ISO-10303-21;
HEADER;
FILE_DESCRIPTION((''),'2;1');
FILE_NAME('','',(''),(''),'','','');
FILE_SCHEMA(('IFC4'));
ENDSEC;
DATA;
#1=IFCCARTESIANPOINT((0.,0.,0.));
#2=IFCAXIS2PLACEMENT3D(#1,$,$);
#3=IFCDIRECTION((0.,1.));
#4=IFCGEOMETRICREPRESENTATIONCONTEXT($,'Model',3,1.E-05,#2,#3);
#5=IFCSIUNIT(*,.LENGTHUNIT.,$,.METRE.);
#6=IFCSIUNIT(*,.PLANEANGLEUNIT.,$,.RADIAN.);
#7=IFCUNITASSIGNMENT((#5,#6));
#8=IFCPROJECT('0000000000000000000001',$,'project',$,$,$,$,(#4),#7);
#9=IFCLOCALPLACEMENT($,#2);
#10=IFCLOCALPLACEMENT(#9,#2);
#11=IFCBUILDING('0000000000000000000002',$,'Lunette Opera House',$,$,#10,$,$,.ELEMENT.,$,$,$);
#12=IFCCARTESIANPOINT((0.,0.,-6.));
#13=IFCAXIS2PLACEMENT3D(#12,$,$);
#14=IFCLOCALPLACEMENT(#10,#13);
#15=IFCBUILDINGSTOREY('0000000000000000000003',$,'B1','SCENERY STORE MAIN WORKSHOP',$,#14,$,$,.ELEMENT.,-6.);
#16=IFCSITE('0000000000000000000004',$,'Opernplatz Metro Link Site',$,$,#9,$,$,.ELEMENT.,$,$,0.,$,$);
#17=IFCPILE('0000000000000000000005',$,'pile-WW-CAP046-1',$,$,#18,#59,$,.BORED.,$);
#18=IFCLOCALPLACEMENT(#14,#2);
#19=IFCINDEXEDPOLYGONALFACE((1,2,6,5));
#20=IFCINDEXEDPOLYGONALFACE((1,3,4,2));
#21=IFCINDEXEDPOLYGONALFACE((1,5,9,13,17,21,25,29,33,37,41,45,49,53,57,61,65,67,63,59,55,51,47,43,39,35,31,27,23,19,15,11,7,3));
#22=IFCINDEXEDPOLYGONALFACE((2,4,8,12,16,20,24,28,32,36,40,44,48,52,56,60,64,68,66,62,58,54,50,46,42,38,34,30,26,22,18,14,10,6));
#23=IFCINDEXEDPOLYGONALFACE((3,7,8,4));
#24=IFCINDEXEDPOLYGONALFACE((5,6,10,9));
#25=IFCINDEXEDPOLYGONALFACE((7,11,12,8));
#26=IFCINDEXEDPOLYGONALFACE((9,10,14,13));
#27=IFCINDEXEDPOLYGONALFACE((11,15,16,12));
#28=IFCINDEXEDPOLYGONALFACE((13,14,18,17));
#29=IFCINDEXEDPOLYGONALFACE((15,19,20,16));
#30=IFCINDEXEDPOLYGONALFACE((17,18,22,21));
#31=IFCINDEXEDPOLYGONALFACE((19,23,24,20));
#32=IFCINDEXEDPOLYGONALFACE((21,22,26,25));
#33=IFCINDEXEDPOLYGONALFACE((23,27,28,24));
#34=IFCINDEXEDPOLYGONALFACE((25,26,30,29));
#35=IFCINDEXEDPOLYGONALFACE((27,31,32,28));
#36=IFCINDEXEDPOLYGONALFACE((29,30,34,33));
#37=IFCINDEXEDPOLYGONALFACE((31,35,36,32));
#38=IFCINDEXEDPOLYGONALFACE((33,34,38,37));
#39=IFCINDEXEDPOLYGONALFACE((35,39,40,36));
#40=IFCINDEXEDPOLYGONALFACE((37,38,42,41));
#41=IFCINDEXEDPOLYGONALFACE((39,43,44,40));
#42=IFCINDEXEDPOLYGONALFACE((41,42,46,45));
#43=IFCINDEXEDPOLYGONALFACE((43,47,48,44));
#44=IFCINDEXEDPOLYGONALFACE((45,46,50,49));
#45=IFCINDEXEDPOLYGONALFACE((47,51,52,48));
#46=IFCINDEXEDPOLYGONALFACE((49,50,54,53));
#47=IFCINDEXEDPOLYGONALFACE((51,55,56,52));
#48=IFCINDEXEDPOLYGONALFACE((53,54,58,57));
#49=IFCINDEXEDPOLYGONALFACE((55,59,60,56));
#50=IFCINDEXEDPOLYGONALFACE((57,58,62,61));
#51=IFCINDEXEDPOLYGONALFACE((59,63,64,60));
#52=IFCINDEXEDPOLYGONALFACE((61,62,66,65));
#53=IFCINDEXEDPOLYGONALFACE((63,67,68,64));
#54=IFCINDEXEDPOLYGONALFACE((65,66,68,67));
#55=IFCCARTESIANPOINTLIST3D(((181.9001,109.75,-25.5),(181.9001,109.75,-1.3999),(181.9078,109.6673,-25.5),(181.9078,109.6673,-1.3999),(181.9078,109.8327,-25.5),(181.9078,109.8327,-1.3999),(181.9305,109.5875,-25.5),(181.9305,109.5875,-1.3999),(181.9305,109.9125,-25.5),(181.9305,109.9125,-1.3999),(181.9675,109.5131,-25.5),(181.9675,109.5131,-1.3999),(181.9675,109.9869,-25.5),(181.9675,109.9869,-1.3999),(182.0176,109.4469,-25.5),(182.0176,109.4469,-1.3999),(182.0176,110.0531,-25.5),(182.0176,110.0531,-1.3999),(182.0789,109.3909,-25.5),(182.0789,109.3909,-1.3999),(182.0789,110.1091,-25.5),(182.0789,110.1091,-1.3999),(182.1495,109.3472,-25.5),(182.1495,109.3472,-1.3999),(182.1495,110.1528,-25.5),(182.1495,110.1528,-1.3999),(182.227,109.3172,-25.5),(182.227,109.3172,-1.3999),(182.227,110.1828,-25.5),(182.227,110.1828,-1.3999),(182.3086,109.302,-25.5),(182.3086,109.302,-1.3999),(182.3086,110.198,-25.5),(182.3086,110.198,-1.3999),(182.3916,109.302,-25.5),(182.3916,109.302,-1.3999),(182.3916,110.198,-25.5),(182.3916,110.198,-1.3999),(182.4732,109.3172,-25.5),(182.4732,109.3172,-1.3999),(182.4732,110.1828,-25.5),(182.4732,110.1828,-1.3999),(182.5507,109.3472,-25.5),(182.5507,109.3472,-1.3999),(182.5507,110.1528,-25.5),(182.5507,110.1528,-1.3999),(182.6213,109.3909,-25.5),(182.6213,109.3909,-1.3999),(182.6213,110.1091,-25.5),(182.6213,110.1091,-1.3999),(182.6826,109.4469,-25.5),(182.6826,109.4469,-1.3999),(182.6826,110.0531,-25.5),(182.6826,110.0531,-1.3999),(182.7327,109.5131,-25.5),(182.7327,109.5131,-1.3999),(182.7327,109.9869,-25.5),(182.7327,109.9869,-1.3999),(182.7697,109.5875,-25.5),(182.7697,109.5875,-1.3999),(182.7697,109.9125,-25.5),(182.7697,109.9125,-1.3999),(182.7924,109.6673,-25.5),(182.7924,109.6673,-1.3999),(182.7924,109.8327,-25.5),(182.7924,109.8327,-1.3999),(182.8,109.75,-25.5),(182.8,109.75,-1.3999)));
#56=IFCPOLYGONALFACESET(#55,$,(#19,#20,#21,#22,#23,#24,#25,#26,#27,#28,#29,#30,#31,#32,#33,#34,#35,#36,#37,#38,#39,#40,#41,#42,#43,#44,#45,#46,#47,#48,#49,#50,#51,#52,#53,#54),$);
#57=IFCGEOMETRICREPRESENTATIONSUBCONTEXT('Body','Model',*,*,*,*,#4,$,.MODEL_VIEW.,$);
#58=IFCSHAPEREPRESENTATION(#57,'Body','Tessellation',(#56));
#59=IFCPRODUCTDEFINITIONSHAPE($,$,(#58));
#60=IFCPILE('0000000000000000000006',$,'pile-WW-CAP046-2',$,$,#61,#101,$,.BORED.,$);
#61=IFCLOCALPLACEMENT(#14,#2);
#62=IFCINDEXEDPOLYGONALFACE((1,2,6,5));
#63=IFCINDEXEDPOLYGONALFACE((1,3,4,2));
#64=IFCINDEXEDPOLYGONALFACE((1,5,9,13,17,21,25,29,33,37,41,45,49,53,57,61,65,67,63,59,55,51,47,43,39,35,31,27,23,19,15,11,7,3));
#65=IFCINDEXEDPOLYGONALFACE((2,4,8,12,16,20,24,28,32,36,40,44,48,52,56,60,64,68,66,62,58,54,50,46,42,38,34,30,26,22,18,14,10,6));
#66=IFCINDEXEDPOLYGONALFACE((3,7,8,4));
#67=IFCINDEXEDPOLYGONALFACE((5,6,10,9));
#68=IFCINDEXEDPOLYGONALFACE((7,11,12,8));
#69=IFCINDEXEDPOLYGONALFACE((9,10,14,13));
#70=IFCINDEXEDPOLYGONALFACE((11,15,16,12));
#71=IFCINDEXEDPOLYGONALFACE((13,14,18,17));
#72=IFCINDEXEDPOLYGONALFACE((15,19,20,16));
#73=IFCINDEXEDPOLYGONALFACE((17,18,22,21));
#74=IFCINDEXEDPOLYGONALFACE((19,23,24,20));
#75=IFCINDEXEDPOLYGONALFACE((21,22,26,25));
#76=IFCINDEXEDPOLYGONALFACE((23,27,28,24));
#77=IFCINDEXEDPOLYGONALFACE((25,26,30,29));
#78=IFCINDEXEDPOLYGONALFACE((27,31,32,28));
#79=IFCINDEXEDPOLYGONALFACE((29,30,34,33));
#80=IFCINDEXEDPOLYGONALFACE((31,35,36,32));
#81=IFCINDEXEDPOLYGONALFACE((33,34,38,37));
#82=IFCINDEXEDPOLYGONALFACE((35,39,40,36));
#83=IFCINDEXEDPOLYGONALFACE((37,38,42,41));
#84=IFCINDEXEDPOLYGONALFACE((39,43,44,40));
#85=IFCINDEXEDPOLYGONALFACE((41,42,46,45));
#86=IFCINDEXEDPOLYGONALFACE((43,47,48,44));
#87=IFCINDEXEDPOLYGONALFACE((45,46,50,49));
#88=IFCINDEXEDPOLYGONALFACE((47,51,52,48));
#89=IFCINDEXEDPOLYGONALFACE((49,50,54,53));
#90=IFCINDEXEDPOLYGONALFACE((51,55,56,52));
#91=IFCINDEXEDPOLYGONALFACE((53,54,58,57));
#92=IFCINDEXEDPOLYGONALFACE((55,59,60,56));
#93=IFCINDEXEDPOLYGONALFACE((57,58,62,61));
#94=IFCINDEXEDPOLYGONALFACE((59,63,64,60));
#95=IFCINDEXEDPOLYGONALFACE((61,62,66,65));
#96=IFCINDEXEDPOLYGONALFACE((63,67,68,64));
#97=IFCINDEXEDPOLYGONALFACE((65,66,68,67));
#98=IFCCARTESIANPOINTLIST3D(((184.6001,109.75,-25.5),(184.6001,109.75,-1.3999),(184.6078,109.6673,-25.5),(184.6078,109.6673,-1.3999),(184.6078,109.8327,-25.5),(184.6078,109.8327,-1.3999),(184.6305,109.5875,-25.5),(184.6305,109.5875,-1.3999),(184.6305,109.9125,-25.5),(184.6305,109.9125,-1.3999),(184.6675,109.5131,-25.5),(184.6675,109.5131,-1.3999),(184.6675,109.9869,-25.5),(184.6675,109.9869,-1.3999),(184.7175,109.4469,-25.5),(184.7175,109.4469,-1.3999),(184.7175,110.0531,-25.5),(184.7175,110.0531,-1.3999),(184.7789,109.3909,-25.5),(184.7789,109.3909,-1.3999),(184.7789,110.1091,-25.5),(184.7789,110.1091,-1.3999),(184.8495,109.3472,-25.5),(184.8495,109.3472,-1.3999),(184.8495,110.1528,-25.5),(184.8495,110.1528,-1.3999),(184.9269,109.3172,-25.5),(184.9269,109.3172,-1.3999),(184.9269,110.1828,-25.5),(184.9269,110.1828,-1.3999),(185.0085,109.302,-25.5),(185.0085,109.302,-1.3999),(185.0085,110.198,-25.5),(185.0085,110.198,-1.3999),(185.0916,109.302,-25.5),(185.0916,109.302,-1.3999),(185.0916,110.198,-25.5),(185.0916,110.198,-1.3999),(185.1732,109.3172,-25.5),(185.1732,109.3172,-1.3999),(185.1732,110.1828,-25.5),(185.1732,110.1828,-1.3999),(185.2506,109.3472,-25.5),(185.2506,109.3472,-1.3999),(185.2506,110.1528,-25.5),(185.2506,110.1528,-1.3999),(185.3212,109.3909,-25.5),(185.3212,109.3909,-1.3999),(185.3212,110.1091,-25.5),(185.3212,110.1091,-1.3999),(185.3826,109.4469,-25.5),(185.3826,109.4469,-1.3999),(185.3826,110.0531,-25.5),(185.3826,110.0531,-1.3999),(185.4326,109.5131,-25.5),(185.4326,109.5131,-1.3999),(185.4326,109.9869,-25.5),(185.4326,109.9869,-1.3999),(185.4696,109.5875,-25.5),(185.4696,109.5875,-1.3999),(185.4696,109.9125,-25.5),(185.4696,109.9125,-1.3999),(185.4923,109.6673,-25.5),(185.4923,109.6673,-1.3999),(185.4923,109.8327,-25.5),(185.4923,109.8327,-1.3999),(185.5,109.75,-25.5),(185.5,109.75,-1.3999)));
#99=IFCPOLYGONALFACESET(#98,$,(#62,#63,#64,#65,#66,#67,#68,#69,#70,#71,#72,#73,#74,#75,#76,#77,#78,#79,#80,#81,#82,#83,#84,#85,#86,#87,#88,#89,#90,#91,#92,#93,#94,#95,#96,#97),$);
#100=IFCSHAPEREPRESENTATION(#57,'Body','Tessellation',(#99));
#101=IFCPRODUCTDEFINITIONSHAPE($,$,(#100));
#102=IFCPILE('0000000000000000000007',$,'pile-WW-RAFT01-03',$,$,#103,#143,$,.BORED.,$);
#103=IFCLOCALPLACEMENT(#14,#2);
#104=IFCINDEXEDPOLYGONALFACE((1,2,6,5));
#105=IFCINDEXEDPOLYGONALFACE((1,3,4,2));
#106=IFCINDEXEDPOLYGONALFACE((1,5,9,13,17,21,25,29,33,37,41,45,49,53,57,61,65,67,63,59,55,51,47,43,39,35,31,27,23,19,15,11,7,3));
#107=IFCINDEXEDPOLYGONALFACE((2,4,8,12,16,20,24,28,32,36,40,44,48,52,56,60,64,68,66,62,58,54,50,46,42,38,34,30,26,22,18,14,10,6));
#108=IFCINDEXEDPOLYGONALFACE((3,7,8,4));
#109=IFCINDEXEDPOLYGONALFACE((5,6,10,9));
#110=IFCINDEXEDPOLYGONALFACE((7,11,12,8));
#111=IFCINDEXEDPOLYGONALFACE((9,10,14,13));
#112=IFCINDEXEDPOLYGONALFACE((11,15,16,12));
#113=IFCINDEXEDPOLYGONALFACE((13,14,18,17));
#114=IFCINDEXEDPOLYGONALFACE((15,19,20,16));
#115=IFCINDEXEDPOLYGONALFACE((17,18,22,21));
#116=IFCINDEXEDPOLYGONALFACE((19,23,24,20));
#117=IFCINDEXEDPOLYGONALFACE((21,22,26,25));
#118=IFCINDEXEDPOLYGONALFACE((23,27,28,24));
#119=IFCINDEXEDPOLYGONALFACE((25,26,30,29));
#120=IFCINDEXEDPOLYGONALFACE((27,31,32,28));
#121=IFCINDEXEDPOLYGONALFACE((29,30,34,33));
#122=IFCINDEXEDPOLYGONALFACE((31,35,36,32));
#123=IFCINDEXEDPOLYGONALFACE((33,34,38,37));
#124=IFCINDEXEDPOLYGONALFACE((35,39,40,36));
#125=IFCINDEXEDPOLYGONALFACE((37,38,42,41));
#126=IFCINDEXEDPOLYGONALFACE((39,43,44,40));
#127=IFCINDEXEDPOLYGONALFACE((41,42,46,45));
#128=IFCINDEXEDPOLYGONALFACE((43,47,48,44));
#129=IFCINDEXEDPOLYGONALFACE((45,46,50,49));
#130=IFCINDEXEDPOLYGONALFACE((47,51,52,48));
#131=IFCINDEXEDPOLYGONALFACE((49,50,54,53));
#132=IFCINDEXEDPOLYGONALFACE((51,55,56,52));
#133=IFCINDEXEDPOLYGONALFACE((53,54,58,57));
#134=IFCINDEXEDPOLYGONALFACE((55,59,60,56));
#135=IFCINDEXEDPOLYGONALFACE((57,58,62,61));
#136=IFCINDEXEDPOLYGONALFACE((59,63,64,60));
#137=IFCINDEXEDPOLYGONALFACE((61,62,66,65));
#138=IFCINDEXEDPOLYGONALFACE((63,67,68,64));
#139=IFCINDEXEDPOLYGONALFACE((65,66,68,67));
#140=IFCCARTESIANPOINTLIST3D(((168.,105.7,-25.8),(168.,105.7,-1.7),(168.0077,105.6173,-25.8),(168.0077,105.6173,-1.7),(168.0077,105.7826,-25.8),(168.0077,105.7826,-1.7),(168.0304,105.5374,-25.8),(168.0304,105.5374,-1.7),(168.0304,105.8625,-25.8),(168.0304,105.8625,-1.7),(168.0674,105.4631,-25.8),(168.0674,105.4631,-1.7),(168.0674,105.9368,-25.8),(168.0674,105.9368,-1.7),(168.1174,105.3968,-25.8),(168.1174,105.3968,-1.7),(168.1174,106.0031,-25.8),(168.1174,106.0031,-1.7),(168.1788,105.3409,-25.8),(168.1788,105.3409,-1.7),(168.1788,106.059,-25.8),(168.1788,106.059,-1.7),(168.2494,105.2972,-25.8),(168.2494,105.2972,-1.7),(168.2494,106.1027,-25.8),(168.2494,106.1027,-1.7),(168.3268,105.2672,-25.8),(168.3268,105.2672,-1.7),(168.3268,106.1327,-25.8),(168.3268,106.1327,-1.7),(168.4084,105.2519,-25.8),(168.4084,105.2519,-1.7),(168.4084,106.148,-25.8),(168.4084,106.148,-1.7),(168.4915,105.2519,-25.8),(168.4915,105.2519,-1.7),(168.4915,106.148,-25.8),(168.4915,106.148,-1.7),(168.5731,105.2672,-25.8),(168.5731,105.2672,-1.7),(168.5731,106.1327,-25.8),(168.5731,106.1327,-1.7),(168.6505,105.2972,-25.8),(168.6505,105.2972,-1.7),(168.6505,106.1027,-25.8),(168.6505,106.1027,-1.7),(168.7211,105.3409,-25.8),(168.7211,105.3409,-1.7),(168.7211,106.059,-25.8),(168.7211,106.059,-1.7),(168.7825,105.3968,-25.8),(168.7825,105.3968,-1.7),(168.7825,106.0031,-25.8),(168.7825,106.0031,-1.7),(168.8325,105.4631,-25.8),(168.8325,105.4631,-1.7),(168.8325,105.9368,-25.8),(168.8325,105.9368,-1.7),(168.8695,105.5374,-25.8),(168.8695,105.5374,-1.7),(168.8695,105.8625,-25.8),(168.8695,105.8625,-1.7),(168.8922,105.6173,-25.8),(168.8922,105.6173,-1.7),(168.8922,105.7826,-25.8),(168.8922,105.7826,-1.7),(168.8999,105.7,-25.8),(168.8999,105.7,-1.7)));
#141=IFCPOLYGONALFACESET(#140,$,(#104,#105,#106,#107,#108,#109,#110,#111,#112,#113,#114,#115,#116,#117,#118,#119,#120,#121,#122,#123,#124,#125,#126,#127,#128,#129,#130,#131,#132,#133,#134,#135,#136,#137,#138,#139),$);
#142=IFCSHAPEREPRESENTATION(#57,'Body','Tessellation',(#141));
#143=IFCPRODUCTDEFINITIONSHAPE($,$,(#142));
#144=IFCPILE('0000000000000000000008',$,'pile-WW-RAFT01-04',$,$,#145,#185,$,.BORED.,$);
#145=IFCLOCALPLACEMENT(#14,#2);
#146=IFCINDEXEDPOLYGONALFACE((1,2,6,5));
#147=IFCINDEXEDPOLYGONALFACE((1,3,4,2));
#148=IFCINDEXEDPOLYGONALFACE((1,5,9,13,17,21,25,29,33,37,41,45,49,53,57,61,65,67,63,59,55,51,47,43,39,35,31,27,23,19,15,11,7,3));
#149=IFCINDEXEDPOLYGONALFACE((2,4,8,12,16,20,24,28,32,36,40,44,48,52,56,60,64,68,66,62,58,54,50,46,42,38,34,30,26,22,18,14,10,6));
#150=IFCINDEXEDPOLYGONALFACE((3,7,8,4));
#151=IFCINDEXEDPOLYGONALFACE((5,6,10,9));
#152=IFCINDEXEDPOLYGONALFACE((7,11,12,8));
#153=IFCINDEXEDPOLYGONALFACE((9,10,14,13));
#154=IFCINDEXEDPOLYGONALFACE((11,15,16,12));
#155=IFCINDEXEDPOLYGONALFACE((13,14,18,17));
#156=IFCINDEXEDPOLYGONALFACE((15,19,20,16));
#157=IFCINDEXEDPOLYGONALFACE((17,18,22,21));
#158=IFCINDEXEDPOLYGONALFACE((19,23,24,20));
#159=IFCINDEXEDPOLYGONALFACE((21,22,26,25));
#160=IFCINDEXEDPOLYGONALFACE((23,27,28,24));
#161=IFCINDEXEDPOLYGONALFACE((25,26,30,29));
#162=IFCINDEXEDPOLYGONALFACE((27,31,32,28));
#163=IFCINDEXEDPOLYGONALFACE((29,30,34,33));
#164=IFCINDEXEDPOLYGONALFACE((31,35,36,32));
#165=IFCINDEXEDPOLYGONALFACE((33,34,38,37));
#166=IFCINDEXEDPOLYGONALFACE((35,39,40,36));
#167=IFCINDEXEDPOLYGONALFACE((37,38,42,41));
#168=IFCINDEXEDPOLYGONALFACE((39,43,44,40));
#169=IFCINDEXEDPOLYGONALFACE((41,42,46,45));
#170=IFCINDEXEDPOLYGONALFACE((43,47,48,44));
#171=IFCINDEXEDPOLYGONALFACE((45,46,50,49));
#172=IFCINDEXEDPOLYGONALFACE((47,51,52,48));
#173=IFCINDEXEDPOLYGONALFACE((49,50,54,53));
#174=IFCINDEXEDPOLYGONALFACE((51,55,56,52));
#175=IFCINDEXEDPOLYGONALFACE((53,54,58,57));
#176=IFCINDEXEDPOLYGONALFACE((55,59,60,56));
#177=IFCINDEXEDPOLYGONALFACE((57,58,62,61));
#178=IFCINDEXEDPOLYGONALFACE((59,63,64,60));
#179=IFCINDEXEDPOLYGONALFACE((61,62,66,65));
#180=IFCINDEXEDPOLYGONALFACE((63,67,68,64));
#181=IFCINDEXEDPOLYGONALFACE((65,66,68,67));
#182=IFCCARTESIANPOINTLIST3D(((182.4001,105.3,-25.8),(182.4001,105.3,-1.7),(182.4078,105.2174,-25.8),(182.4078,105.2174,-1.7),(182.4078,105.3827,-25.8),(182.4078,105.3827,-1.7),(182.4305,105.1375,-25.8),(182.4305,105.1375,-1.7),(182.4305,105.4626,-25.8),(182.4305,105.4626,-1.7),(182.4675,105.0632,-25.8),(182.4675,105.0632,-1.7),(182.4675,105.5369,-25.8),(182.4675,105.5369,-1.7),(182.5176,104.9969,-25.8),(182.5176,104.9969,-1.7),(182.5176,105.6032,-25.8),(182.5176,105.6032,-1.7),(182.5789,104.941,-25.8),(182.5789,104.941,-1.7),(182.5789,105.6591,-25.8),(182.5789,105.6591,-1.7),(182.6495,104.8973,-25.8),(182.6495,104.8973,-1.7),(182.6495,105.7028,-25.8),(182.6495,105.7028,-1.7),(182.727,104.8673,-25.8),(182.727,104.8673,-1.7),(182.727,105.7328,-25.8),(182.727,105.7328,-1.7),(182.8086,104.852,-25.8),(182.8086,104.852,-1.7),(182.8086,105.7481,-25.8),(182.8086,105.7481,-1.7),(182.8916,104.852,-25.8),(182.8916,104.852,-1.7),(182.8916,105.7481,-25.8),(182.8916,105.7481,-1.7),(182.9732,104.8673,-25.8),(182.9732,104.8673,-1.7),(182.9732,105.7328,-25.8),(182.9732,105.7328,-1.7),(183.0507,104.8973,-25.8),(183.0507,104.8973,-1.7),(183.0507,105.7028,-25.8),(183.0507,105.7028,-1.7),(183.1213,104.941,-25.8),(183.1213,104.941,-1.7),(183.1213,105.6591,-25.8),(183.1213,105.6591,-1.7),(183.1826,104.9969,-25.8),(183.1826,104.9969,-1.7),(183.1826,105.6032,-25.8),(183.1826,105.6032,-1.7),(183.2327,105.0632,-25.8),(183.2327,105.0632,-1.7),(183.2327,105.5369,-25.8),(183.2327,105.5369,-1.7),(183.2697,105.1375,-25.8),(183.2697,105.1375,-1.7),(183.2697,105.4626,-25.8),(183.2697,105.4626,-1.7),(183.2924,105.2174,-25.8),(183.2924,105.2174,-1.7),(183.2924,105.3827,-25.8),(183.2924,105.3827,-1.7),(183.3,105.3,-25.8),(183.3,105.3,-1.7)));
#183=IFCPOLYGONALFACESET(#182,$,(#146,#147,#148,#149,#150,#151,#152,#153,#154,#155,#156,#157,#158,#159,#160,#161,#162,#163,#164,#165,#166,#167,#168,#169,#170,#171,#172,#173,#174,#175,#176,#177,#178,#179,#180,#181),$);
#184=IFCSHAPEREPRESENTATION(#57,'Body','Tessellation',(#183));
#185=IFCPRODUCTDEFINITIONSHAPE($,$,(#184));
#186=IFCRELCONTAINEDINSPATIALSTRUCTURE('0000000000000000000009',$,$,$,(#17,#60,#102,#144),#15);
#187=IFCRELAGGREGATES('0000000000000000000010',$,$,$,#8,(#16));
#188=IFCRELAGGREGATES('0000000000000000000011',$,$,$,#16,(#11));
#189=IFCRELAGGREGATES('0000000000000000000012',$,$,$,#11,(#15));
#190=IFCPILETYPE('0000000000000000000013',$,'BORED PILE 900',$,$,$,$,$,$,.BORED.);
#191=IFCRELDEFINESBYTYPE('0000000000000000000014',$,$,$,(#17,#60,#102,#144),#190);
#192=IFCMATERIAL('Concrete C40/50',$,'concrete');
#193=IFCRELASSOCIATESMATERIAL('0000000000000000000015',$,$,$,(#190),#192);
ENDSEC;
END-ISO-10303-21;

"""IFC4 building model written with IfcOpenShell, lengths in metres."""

from ifc_helpers import new_model, si_unit, direction, frame, origin, origin_2d, place, context, subcontext, project, spatial, circle, extrude, material, material_profile, profile_set, type_object, element, save


model = new_model("IFC4")

# Units and contexts
model_context = context("Model", 3, precision=1e-05, world=origin(), true_north=direction((0.0, 1.0)))
body_context = subcontext(model_context, "Body", "Model", "MODEL_VIEW")
ifc_project = project(units=[si_unit("LENGTHUNIT", "METRE"), si_unit("PLANEANGLEUNIT", "RADIAN")], contexts=[model_context])

# Site, building, storey
site_placement = place(None, origin())
site = spatial("IfcSite", under=ifc_project, at=site_placement, Name="Opernplatz Metro Link Site", CompositionType="ELEMENT", RefElevation=0.0)
building_placement = place(site_placement, origin())
building = spatial("IfcBuilding", under=site, at=building_placement, Name="Lunette Opera House", CompositionType="ELEMENT")
storey_placement = place(building_placement, frame((0.0, 0.0, -6.0)))
storey = spatial("IfcBuildingStorey", under=building, at=storey_placement, Name="B1", Description="SCENERY STORE MAIN WORKSHOP", CompositionType="ELEMENT", Elevation=-6.0)

# Piles
ifc_material_1 = material(Name="Concrete C40/50", Category="concrete")
ifc_material_profile_1 = material_profile(ifc_material_1, circle(Radius=0.45, at=origin_2d()), Name="BORED PILE 900")
ifc_profile_set_1 = profile_set([ifc_material_profile_1], Name="Concrete C40/50")
pile_type = type_object("IfcPileType", Name="BORED PILE 900", PredefinedType="BORED", material=ifc_profile_set_1)
for number, where, z_axis, x_axis, name in (
    (1, (182.3501, 109.75, -1.3999), (0.0, 0.0, -1.0), (1.0, 0.0, 0.0), "pile-WW-CAP046-1"),
    (2, (185.05, 109.75, -1.3999), (0.0, 0.0, -1.0), (1.0, 0.0, 0.0), "pile-WW-CAP046-2"),
    (3, (168.45, 105.7, -1.7), (0.0, 0.0, -1.0), (1.0, 0.0, 0.0), "pile-WW-RAFT01-03"),
    (4, (182.8501, 105.3, -1.7), (0.0, 0.0, -1.0), (1.0, 0.0, 0.0), "pile-WW-RAFT01-04"),
):
    element("IfcPile", number, at=place(storey_placement, frame(where, z_axis=z_axis, x_axis=x_axis)), inside=storey, type_object=pile_type, Name=name, PredefinedType="BORED", context=body_context, shape_type="SweptSolid", body=[
        extrude(circle(Radius=0.45, at=origin_2d()), origin(), (0.0, 0.0, 1.0), 24.1001),
    ])

save(model, "model.ifc")
